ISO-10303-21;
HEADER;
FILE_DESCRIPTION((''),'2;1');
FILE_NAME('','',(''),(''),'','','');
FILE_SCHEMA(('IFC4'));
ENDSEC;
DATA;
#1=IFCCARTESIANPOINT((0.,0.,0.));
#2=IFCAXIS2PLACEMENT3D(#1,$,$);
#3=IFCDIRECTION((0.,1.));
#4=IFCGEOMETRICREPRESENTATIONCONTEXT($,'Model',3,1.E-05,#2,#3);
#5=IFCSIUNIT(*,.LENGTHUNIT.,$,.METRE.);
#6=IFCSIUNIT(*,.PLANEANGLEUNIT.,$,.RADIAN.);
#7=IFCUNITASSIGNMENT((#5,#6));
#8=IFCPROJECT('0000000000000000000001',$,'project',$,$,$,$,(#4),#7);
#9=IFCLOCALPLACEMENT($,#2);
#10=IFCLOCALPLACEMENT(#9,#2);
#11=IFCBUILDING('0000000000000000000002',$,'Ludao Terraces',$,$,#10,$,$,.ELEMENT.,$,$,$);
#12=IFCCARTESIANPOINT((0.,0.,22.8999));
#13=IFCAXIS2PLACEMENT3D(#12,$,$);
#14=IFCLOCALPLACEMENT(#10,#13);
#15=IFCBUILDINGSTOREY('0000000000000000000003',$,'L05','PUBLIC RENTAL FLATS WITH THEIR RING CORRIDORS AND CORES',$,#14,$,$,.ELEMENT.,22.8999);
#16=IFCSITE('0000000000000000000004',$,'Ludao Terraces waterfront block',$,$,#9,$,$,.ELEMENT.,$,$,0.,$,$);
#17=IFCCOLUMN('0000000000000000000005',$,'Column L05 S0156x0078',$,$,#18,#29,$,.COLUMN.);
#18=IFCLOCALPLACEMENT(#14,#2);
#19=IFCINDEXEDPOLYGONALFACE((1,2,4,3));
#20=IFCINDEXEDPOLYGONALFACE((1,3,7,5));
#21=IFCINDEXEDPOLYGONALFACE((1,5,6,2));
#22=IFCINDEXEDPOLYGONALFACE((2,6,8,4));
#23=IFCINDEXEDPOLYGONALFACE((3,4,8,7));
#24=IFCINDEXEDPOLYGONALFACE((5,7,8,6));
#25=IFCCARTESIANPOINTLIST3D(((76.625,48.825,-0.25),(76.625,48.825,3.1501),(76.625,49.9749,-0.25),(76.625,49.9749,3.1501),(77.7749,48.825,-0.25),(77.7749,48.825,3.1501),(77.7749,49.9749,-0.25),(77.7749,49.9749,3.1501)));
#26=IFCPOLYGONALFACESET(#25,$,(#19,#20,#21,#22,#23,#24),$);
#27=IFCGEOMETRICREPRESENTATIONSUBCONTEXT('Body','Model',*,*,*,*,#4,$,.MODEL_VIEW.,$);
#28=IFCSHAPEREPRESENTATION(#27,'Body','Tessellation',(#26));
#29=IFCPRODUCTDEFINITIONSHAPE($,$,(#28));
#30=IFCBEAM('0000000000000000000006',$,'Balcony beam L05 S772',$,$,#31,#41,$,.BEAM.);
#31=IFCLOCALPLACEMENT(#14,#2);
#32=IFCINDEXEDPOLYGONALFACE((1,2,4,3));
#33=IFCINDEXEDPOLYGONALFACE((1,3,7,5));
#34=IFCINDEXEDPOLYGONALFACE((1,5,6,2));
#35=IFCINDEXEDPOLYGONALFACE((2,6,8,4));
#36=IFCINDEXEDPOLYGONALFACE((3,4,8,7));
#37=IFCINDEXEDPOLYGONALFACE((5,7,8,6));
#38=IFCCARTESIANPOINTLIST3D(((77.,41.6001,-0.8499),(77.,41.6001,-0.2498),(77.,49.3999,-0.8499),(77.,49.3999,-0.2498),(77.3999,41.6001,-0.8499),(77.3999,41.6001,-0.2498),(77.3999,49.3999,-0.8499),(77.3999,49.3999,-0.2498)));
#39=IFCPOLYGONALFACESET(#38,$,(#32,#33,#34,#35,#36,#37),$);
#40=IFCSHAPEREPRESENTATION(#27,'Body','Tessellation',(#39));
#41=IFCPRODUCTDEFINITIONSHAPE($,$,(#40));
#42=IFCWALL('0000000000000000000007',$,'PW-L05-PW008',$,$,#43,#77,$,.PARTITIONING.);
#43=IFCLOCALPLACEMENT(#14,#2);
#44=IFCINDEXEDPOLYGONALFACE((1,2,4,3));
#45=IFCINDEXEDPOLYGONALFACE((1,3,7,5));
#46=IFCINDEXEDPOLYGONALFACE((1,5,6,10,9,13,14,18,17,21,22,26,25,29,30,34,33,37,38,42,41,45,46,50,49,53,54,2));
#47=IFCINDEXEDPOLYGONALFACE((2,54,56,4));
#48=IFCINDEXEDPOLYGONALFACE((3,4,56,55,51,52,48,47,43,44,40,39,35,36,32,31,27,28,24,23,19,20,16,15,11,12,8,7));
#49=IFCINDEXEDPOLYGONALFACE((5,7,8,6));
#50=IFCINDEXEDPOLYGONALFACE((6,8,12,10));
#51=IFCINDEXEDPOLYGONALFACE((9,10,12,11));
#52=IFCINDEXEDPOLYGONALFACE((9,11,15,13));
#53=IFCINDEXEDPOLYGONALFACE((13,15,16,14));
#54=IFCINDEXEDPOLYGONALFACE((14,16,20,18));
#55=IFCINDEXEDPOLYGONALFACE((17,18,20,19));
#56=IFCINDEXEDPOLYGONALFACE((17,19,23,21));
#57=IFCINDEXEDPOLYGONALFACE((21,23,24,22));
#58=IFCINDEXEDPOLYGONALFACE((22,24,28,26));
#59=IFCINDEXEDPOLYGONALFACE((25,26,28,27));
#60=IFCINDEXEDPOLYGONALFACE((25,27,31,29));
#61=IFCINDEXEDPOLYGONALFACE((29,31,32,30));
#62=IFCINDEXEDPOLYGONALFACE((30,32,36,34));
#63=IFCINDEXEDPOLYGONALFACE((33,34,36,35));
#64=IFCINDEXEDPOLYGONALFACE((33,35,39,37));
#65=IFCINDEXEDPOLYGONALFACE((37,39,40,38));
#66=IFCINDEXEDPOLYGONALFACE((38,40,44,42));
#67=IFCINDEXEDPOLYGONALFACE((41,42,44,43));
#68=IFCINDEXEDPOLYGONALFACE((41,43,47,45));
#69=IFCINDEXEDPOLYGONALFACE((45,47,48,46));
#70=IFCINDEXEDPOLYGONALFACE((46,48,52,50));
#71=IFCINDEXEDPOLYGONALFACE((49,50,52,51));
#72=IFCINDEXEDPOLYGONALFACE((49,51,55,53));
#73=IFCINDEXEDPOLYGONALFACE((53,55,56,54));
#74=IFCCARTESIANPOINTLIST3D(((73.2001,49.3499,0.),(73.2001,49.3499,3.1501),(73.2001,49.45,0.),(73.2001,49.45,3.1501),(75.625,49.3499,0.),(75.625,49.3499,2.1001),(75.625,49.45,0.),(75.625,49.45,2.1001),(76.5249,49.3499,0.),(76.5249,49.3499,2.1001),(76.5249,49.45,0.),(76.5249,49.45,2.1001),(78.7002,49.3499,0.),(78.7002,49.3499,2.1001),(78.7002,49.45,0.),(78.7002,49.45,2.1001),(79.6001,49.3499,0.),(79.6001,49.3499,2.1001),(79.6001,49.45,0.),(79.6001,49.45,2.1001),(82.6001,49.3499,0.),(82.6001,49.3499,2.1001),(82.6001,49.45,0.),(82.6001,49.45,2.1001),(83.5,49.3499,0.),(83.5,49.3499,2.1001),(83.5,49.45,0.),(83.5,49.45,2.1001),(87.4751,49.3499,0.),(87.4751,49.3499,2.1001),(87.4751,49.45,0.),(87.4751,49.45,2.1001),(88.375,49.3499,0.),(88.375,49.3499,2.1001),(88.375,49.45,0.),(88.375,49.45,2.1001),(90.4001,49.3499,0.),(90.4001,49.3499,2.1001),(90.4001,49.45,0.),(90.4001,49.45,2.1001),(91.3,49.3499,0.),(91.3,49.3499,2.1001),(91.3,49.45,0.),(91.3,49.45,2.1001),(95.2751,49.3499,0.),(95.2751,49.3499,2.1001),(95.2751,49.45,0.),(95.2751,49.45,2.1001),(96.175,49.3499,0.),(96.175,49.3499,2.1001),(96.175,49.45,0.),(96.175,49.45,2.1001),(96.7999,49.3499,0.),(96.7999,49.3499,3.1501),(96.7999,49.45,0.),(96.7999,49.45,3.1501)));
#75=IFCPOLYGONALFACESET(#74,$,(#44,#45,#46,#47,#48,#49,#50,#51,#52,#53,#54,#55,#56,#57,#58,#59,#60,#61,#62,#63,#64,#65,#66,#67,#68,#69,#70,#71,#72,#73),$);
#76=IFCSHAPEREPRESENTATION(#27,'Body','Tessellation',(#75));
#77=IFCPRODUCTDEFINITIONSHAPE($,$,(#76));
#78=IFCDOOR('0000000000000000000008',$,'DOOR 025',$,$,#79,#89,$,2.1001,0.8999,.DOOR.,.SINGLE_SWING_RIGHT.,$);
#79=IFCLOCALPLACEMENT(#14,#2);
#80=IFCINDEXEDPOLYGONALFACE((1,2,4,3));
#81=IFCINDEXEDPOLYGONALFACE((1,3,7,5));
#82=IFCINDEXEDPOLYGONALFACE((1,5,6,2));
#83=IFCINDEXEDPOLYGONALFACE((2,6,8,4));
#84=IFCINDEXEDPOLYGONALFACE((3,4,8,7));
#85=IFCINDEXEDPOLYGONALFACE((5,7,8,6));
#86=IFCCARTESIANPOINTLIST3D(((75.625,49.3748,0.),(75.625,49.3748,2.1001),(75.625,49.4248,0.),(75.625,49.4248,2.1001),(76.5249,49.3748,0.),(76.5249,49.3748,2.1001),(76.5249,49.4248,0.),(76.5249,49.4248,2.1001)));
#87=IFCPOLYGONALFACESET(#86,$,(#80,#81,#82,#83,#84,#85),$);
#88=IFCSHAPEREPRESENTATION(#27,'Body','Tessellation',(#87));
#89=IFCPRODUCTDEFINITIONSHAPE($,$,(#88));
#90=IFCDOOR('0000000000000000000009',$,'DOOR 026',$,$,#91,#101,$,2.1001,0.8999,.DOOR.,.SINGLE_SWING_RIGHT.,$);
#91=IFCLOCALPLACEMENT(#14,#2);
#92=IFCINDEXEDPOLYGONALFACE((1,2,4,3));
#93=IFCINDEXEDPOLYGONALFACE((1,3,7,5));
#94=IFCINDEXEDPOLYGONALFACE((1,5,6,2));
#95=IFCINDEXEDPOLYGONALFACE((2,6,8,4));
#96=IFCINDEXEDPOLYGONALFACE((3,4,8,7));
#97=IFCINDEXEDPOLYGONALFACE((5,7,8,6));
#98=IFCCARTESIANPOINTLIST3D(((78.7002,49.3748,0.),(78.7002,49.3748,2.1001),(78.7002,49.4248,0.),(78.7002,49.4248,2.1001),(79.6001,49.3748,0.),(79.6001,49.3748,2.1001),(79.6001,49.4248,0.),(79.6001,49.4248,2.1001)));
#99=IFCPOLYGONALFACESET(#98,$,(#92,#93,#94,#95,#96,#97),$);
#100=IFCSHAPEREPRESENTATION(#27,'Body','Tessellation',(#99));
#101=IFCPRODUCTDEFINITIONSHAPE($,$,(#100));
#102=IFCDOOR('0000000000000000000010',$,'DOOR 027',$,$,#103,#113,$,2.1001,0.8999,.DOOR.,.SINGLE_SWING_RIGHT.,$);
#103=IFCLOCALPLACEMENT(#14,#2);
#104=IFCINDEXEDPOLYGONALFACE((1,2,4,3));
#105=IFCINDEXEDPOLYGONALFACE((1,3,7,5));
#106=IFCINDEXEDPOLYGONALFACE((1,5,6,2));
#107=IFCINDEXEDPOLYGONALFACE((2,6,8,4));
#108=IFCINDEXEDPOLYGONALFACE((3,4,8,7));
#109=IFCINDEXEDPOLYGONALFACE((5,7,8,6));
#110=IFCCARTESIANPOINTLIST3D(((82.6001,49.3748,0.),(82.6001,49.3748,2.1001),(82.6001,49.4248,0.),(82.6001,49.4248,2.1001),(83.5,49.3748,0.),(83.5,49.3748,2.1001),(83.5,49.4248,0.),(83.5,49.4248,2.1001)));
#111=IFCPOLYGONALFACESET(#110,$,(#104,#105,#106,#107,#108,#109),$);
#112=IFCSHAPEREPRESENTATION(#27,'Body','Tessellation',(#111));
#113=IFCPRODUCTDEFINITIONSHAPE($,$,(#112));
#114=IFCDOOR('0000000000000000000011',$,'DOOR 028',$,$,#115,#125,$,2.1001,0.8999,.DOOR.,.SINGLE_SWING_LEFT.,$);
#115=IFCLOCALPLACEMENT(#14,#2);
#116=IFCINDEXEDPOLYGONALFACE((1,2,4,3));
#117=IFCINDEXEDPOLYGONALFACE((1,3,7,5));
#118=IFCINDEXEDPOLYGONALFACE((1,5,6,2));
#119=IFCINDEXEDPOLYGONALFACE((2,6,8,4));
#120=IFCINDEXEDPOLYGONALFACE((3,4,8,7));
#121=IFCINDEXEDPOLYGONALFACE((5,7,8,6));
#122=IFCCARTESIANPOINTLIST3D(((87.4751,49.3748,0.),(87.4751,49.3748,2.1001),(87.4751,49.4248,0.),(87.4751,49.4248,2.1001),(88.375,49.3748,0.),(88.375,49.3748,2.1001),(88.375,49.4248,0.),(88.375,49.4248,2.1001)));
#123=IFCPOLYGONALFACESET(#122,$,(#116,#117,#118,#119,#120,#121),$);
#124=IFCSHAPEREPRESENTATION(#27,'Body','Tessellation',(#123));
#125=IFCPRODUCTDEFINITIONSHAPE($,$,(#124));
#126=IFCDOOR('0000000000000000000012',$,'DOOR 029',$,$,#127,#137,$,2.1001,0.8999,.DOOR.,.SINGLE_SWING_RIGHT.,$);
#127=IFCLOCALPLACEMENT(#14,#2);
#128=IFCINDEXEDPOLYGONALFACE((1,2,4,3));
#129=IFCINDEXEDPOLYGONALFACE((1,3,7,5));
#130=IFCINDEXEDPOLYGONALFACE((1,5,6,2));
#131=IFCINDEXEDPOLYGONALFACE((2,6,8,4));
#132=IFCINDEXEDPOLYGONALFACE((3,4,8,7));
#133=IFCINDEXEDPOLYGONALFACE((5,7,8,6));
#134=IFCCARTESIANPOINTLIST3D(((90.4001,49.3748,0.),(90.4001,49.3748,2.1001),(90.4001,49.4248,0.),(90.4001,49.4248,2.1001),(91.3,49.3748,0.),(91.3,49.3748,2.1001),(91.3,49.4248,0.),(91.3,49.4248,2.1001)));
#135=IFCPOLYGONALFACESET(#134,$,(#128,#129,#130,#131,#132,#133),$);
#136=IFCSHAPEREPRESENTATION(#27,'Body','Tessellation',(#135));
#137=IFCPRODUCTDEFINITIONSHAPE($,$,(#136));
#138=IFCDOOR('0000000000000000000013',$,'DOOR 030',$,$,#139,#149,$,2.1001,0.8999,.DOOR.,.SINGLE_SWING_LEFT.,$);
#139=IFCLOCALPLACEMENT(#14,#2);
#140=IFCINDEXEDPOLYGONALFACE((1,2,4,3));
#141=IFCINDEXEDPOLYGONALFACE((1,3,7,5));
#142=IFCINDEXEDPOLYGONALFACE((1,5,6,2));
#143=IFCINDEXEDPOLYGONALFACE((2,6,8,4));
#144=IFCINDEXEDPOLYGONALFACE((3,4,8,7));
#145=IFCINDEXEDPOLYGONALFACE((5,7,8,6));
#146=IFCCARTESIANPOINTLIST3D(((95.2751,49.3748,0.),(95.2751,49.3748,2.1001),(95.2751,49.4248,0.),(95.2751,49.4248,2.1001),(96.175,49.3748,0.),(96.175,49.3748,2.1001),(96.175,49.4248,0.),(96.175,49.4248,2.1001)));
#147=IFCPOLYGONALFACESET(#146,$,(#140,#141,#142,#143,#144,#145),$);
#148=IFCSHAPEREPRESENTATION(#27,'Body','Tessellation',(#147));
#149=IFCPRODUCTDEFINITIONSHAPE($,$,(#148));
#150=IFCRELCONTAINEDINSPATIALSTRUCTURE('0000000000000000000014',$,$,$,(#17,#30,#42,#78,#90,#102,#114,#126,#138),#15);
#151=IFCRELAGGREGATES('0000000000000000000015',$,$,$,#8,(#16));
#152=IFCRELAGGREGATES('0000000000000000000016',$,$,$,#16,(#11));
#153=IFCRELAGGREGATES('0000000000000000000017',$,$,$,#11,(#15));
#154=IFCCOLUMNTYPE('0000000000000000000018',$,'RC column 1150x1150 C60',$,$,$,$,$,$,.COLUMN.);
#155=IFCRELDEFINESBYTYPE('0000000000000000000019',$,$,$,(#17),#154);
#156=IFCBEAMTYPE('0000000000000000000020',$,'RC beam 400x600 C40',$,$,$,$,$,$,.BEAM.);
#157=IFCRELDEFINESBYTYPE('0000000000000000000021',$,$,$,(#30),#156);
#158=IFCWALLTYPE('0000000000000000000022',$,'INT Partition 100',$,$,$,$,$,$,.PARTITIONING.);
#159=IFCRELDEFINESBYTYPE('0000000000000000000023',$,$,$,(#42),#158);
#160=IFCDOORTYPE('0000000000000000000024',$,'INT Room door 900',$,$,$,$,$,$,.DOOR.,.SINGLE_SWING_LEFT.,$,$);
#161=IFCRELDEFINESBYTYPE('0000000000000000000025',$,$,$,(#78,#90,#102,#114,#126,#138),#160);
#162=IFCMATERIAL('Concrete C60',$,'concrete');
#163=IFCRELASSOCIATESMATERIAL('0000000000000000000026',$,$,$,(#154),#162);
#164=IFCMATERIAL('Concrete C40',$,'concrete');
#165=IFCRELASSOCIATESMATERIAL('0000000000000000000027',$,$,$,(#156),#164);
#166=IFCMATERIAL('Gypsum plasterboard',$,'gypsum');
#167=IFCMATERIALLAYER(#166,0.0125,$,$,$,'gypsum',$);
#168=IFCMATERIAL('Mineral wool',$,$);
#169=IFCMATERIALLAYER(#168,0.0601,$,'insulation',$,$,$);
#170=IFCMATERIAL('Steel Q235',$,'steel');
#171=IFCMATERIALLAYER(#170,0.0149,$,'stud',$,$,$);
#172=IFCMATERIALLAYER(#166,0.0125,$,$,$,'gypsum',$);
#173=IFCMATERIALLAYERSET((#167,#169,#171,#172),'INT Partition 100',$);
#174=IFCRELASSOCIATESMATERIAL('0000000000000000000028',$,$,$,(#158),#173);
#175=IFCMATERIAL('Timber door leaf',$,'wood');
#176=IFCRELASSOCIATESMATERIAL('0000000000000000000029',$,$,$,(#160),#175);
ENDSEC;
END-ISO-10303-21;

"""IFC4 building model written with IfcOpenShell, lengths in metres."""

from ifc_helpers import new_model, si_unit, direction, frame, frame_2d, origin, origin_2d, place, context, subcontext, project, spatial, rectangle, extrude, material, layer, layer_set, material_profile, profile_set, type_object, element, fill, save


model = new_model("IFC4")

# Units and contexts
model_context = context("Model", 3, precision=1e-05, world=origin(), true_north=direction((0.0, 1.0)))
body_context = subcontext(model_context, "Body", "Model", "MODEL_VIEW")
ifc_project = project(units=[si_unit("LENGTHUNIT", "METRE"), si_unit("PLANEANGLEUNIT", "RADIAN")], contexts=[model_context])

# Site, building, storey
site_placement = place(None, origin())
site = spatial("IfcSite", under=ifc_project, at=site_placement, Name="Ludao Terraces waterfront block", CompositionType="ELEMENT", RefElevation=0.0)
building_placement = place(site_placement, origin())
building = spatial("IfcBuilding", under=site, at=building_placement, Name="Ludao Terraces", CompositionType="ELEMENT")
storey_placement = place(building_placement, frame((0.0, 0.0, 22.8999)))
storey = spatial("IfcBuildingStorey", under=building, at=storey_placement, Name="L05", Description="PUBLIC RENTAL FLATS WITH THEIR RING CORRIDORS AND CORES", CompositionType="ELEMENT", Elevation=22.8999)

# Column
ifc_material_1 = material(Name="Concrete C60", Category="concrete")
ifc_material_profile_1 = material_profile(ifc_material_1, rectangle(XDim=1.1499, YDim=1.1499, at=origin_2d()), Name="1150 X 1150")
ifc_profile_set_1 = profile_set([ifc_material_profile_1], Name="Concrete C60")
column_type = type_object("IfcColumnType", Name="RC column 1150x1150 C60", PredefinedType="COLUMN", material=ifc_profile_set_1)
column_placement = place(storey_placement, frame((77.2, 49.3999, -0.25), z_axis=(0.0, 0.0, 1.0), x_axis=(1.0, 0.0, 0.0)))
element("IfcColumn", 1, at=column_placement, inside=storey, type_object=column_type, Name="Column L05 S0156x0078", PredefinedType="COLUMN", context=body_context, shape_type="SweptSolid", body=[
    extrude(rectangle(XDim=1.1499, YDim=1.1499, at=origin_2d()), origin(), (0.0, 0.0, 1.0), 3.4001),
])

# Beam
ifc_material_2 = material(Name="Concrete C40", Category="concrete")
ifc_material_profile_2 = material_profile(ifc_material_2, rectangle(XDim=0.3999, YDim=0.6001, at=origin_2d()), Name="400 X 600")
ifc_profile_set_2 = profile_set([ifc_material_profile_2], Name="Concrete C40")
beam_type = type_object("IfcBeamType", Name="RC beam 400x600 C40", PredefinedType="BEAM", material=ifc_profile_set_2)
beam_placement = place(storey_placement, frame((77.2, 49.3999, -0.5498), z_axis=(0.0, -1.0, 0.0), x_axis=(1.0, 0.0, 0.0)))
element("IfcBeam", 2, at=beam_placement, inside=storey, type_object=beam_type, Name="Balcony beam L05 S772", PredefinedType="BEAM", context=body_context, shape_type="SweptSolid", body=[
    extrude(rectangle(XDim=0.3999, YDim=0.6001, at=origin_2d()), origin(), (0.0, 0.0, 1.0), 7.7998),
])

# Wall, openings, doors
ifc_material_3 = material(Name="Gypsum plasterboard", Category="gypsum")
ifc_layer_1 = layer(ifc_material_3, 0.0125, Category="gypsum")
ifc_material_4 = material(Name="Mineral wool")
ifc_layer_2 = layer(ifc_material_4, 0.0601, Name="insulation")
ifc_material_5 = material(Name="Steel Q235", Category="steel")
ifc_layer_3 = layer(ifc_material_5, 0.0149, Name="stud")
ifc_layer_4 = layer(ifc_material_3, 0.0125, Category="gypsum")
ifc_layer_set = layer_set([ifc_layer_1, ifc_layer_2, ifc_layer_3, ifc_layer_4], Name="INT Partition 100")
wall_type = type_object("IfcWallType", Name="INT Partition 100", PredefinedType="PARTITIONING", material=ifc_layer_set)
wall_1_placement = place(storey_placement, frame((73.2002, 49.3999, 0.0), z_axis=(0.0, 0.0, 1.0), x_axis=(1.0, 0.0, 0.0)))
wall_1 = element("IfcWall", 3, at=wall_1_placement, inside=storey, type_object=wall_type, Name="PW-L05-PW008", PredefinedType="PARTITIONING", context=body_context, shape_type="SweptSolid", body=[
    extrude(rectangle(XDim=23.5999, YDim=0.1001, at=frame_2d((11.7998, 0.0))), origin(), (0.0, 0.0, 1.0), 3.1501),
])
opening_1_placement = place(wall_1_placement, frame((2.4248, 0.0, 0.0)))
opening_1 = element("IfcOpeningElement", 4, at=opening_1_placement, cuts=wall_1, PredefinedType="OPENING", context=body_context, shape_type="SweptSolid", body=[
    extrude(rectangle(XDim=0.8999, YDim=2.1001, at=frame_2d((0.45, 1.05))), frame((0.0, 0.0601, 0.0), z_axis=(0.0, -1.0, 0.0), x_axis=(1.0, 0.0, 0.0)), (0.0, 0.0, 1.0), 0.1201),
])
opening_2_placement = place(wall_1_placement, frame((5.5, 0.0, 0.0)))
opening_2 = element("IfcOpeningElement", 5, at=opening_2_placement, cuts=wall_1, PredefinedType="OPENING", context=body_context, shape_type="SweptSolid", body=[
    extrude(rectangle(XDim=0.8999, YDim=2.1001, at=frame_2d((0.45, 1.05))), frame((0.0, 0.0601, 0.0), z_axis=(0.0, -1.0, 0.0), x_axis=(1.0, 0.0, 0.0)), (0.0, 0.0, 1.0), 0.1201),
])
opening_3_placement = place(wall_1_placement, frame((9.3999, 0.0, 0.0)))
opening_3 = element("IfcOpeningElement", 6, at=opening_3_placement, cuts=wall_1, PredefinedType="OPENING", context=body_context, shape_type="SweptSolid", body=[
    extrude(rectangle(XDim=0.8999, YDim=2.1001, at=frame_2d((0.45, 1.05))), frame((0.0, 0.0601, 0.0), z_axis=(0.0, -1.0, 0.0), x_axis=(1.0, 0.0, 0.0)), (0.0, 0.0, 1.0), 0.1201),
])
opening_4_placement = place(wall_1_placement, frame((14.2749, 0.0, 0.0)))
opening_4 = element("IfcOpeningElement", 7, at=opening_4_placement, cuts=wall_1, PredefinedType="OPENING", context=body_context, shape_type="SweptSolid", body=[
    extrude(rectangle(XDim=0.8999, YDim=2.1001, at=frame_2d((0.45, 1.05))), frame((0.0, 0.0601, 0.0), z_axis=(0.0, -1.0, 0.0), x_axis=(1.0, 0.0, 0.0)), (0.0, 0.0, 1.0), 0.1201),
])
opening_5_placement = place(wall_1_placement, frame((17.2, 0.0, 0.0)))
opening_5 = element("IfcOpeningElement", 8, at=opening_5_placement, cuts=wall_1, PredefinedType="OPENING", context=body_context, shape_type="SweptSolid", body=[
    extrude(rectangle(XDim=0.8999, YDim=2.1001, at=frame_2d((0.45, 1.05))), frame((0.0, 0.0601, 0.0), z_axis=(0.0, -1.0, 0.0), x_axis=(1.0, 0.0, 0.0)), (0.0, 0.0, 1.0), 0.1201),
])
opening_6_placement = place(wall_1_placement, frame((22.075, 0.0, 0.0)))
opening_6 = element("IfcOpeningElement", 9, at=opening_6_placement, cuts=wall_1, PredefinedType="OPENING", context=body_context, shape_type="SweptSolid", body=[
    extrude(rectangle(XDim=0.8999, YDim=2.1001, at=frame_2d((0.45, 1.05))), frame((0.0, 0.0601, 0.0), z_axis=(0.0, -1.0, 0.0), x_axis=(1.0, 0.0, 0.0)), (0.0, 0.0, 1.0), 0.1201),
])
ifc_material_6 = material(Name="Timber door leaf", Category="wood")
door_type_1 = type_object("IfcDoorType", Name="INT Room door 900", OperationType="SINGLE_SWING_LEFT", PredefinedType="DOOR", material=ifc_material_6)
door_1_placement = place(opening_1_placement, origin())
door_1 = element("IfcDoor", 10, at=door_1_placement, inside=storey, type_object=door_type_1, Name="DOOR 025", OperationType="SINGLE_SWING_RIGHT", OverallHeight=2.1001, OverallWidth=0.8999, PredefinedType="DOOR", context=body_context, shape_type="SweptSolid", body=[
    extrude(rectangle(XDim=0.8999, YDim=2.1001, at=frame_2d((0.45, 1.05))), frame((0.0, 0.0249, 0.0), z_axis=(0.0, -1.0, 0.0), x_axis=(1.0, 0.0, 0.0)), (0.0, 0.0, 1.0), 0.05),
])
fill(opening_1, door_1)
door_2_placement = place(opening_2_placement, origin())
door_2 = element("IfcDoor", 11, at=door_2_placement, inside=storey, type_object=door_type_1, Name="DOOR 026", OperationType="SINGLE_SWING_RIGHT", OverallHeight=2.1001, OverallWidth=0.8999, PredefinedType="DOOR", context=body_context, shape_type="SweptSolid", body=[
    extrude(rectangle(XDim=0.8999, YDim=2.1001, at=frame_2d((0.45, 1.05))), frame((0.0, 0.0249, 0.0), z_axis=(0.0, -1.0, 0.0), x_axis=(1.0, 0.0, 0.0)), (0.0, 0.0, 1.0), 0.05),
])
fill(opening_2, door_2)
door_3_placement = place(opening_3_placement, origin())
door_3 = element("IfcDoor", 12, at=door_3_placement, inside=storey, type_object=door_type_1, Name="DOOR 027", OperationType="SINGLE_SWING_RIGHT", OverallHeight=2.1001, OverallWidth=0.8999, PredefinedType="DOOR", context=body_context, shape_type="SweptSolid", body=[
    extrude(rectangle(XDim=0.8999, YDim=2.1001, at=frame_2d((0.45, 1.05))), frame((0.0, 0.0249, 0.0), z_axis=(0.0, -1.0, 0.0), x_axis=(1.0, 0.0, 0.0)), (0.0, 0.0, 1.0), 0.05),
])
fill(opening_3, door_3)
door_4_placement = place(opening_4_placement, origin())
door_4 = element("IfcDoor", 13, at=door_4_placement, inside=storey, type_object=door_type_1, Name="DOOR 028", OperationType="SINGLE_SWING_LEFT", OverallHeight=2.1001, OverallWidth=0.8999, PredefinedType="DOOR", context=body_context, shape_type="SweptSolid", body=[
    extrude(rectangle(XDim=0.8999, YDim=2.1001, at=frame_2d((0.45, 1.05))), frame((0.0, 0.0249, 0.0), z_axis=(0.0, -1.0, 0.0), x_axis=(1.0, 0.0, 0.0)), (0.0, 0.0, 1.0), 0.05),
])
fill(opening_4, door_4)
door_5_placement = place(opening_5_placement, origin())
door_5 = element("IfcDoor", 14, at=door_5_placement, inside=storey, type_object=door_type_1, Name="DOOR 029", OperationType="SINGLE_SWING_RIGHT", OverallHeight=2.1001, OverallWidth=0.8999, PredefinedType="DOOR", context=body_context, shape_type="SweptSolid", body=[
    extrude(rectangle(XDim=0.8999, YDim=2.1001, at=frame_2d((0.45, 1.05))), frame((0.0, 0.0249, 0.0), z_axis=(0.0, -1.0, 0.0), x_axis=(1.0, 0.0, 0.0)), (0.0, 0.0, 1.0), 0.05),
])
fill(opening_5, door_5)
door_6_placement = place(opening_6_placement, origin())
door_6 = element("IfcDoor", 15, at=door_6_placement, inside=storey, type_object=door_type_1, Name="DOOR 030", OperationType="SINGLE_SWING_LEFT", OverallHeight=2.1001, OverallWidth=0.8999, PredefinedType="DOOR", context=body_context, shape_type="SweptSolid", body=[
    extrude(rectangle(XDim=0.8999, YDim=2.1001, at=frame_2d((0.45, 1.05))), frame((0.0, 0.0249, 0.0), z_axis=(0.0, -1.0, 0.0), x_axis=(1.0, 0.0, 0.0)), (0.0, 0.0, 1.0), 0.05),
])
fill(opening_6, door_6)

save(model, "model.ifc")
